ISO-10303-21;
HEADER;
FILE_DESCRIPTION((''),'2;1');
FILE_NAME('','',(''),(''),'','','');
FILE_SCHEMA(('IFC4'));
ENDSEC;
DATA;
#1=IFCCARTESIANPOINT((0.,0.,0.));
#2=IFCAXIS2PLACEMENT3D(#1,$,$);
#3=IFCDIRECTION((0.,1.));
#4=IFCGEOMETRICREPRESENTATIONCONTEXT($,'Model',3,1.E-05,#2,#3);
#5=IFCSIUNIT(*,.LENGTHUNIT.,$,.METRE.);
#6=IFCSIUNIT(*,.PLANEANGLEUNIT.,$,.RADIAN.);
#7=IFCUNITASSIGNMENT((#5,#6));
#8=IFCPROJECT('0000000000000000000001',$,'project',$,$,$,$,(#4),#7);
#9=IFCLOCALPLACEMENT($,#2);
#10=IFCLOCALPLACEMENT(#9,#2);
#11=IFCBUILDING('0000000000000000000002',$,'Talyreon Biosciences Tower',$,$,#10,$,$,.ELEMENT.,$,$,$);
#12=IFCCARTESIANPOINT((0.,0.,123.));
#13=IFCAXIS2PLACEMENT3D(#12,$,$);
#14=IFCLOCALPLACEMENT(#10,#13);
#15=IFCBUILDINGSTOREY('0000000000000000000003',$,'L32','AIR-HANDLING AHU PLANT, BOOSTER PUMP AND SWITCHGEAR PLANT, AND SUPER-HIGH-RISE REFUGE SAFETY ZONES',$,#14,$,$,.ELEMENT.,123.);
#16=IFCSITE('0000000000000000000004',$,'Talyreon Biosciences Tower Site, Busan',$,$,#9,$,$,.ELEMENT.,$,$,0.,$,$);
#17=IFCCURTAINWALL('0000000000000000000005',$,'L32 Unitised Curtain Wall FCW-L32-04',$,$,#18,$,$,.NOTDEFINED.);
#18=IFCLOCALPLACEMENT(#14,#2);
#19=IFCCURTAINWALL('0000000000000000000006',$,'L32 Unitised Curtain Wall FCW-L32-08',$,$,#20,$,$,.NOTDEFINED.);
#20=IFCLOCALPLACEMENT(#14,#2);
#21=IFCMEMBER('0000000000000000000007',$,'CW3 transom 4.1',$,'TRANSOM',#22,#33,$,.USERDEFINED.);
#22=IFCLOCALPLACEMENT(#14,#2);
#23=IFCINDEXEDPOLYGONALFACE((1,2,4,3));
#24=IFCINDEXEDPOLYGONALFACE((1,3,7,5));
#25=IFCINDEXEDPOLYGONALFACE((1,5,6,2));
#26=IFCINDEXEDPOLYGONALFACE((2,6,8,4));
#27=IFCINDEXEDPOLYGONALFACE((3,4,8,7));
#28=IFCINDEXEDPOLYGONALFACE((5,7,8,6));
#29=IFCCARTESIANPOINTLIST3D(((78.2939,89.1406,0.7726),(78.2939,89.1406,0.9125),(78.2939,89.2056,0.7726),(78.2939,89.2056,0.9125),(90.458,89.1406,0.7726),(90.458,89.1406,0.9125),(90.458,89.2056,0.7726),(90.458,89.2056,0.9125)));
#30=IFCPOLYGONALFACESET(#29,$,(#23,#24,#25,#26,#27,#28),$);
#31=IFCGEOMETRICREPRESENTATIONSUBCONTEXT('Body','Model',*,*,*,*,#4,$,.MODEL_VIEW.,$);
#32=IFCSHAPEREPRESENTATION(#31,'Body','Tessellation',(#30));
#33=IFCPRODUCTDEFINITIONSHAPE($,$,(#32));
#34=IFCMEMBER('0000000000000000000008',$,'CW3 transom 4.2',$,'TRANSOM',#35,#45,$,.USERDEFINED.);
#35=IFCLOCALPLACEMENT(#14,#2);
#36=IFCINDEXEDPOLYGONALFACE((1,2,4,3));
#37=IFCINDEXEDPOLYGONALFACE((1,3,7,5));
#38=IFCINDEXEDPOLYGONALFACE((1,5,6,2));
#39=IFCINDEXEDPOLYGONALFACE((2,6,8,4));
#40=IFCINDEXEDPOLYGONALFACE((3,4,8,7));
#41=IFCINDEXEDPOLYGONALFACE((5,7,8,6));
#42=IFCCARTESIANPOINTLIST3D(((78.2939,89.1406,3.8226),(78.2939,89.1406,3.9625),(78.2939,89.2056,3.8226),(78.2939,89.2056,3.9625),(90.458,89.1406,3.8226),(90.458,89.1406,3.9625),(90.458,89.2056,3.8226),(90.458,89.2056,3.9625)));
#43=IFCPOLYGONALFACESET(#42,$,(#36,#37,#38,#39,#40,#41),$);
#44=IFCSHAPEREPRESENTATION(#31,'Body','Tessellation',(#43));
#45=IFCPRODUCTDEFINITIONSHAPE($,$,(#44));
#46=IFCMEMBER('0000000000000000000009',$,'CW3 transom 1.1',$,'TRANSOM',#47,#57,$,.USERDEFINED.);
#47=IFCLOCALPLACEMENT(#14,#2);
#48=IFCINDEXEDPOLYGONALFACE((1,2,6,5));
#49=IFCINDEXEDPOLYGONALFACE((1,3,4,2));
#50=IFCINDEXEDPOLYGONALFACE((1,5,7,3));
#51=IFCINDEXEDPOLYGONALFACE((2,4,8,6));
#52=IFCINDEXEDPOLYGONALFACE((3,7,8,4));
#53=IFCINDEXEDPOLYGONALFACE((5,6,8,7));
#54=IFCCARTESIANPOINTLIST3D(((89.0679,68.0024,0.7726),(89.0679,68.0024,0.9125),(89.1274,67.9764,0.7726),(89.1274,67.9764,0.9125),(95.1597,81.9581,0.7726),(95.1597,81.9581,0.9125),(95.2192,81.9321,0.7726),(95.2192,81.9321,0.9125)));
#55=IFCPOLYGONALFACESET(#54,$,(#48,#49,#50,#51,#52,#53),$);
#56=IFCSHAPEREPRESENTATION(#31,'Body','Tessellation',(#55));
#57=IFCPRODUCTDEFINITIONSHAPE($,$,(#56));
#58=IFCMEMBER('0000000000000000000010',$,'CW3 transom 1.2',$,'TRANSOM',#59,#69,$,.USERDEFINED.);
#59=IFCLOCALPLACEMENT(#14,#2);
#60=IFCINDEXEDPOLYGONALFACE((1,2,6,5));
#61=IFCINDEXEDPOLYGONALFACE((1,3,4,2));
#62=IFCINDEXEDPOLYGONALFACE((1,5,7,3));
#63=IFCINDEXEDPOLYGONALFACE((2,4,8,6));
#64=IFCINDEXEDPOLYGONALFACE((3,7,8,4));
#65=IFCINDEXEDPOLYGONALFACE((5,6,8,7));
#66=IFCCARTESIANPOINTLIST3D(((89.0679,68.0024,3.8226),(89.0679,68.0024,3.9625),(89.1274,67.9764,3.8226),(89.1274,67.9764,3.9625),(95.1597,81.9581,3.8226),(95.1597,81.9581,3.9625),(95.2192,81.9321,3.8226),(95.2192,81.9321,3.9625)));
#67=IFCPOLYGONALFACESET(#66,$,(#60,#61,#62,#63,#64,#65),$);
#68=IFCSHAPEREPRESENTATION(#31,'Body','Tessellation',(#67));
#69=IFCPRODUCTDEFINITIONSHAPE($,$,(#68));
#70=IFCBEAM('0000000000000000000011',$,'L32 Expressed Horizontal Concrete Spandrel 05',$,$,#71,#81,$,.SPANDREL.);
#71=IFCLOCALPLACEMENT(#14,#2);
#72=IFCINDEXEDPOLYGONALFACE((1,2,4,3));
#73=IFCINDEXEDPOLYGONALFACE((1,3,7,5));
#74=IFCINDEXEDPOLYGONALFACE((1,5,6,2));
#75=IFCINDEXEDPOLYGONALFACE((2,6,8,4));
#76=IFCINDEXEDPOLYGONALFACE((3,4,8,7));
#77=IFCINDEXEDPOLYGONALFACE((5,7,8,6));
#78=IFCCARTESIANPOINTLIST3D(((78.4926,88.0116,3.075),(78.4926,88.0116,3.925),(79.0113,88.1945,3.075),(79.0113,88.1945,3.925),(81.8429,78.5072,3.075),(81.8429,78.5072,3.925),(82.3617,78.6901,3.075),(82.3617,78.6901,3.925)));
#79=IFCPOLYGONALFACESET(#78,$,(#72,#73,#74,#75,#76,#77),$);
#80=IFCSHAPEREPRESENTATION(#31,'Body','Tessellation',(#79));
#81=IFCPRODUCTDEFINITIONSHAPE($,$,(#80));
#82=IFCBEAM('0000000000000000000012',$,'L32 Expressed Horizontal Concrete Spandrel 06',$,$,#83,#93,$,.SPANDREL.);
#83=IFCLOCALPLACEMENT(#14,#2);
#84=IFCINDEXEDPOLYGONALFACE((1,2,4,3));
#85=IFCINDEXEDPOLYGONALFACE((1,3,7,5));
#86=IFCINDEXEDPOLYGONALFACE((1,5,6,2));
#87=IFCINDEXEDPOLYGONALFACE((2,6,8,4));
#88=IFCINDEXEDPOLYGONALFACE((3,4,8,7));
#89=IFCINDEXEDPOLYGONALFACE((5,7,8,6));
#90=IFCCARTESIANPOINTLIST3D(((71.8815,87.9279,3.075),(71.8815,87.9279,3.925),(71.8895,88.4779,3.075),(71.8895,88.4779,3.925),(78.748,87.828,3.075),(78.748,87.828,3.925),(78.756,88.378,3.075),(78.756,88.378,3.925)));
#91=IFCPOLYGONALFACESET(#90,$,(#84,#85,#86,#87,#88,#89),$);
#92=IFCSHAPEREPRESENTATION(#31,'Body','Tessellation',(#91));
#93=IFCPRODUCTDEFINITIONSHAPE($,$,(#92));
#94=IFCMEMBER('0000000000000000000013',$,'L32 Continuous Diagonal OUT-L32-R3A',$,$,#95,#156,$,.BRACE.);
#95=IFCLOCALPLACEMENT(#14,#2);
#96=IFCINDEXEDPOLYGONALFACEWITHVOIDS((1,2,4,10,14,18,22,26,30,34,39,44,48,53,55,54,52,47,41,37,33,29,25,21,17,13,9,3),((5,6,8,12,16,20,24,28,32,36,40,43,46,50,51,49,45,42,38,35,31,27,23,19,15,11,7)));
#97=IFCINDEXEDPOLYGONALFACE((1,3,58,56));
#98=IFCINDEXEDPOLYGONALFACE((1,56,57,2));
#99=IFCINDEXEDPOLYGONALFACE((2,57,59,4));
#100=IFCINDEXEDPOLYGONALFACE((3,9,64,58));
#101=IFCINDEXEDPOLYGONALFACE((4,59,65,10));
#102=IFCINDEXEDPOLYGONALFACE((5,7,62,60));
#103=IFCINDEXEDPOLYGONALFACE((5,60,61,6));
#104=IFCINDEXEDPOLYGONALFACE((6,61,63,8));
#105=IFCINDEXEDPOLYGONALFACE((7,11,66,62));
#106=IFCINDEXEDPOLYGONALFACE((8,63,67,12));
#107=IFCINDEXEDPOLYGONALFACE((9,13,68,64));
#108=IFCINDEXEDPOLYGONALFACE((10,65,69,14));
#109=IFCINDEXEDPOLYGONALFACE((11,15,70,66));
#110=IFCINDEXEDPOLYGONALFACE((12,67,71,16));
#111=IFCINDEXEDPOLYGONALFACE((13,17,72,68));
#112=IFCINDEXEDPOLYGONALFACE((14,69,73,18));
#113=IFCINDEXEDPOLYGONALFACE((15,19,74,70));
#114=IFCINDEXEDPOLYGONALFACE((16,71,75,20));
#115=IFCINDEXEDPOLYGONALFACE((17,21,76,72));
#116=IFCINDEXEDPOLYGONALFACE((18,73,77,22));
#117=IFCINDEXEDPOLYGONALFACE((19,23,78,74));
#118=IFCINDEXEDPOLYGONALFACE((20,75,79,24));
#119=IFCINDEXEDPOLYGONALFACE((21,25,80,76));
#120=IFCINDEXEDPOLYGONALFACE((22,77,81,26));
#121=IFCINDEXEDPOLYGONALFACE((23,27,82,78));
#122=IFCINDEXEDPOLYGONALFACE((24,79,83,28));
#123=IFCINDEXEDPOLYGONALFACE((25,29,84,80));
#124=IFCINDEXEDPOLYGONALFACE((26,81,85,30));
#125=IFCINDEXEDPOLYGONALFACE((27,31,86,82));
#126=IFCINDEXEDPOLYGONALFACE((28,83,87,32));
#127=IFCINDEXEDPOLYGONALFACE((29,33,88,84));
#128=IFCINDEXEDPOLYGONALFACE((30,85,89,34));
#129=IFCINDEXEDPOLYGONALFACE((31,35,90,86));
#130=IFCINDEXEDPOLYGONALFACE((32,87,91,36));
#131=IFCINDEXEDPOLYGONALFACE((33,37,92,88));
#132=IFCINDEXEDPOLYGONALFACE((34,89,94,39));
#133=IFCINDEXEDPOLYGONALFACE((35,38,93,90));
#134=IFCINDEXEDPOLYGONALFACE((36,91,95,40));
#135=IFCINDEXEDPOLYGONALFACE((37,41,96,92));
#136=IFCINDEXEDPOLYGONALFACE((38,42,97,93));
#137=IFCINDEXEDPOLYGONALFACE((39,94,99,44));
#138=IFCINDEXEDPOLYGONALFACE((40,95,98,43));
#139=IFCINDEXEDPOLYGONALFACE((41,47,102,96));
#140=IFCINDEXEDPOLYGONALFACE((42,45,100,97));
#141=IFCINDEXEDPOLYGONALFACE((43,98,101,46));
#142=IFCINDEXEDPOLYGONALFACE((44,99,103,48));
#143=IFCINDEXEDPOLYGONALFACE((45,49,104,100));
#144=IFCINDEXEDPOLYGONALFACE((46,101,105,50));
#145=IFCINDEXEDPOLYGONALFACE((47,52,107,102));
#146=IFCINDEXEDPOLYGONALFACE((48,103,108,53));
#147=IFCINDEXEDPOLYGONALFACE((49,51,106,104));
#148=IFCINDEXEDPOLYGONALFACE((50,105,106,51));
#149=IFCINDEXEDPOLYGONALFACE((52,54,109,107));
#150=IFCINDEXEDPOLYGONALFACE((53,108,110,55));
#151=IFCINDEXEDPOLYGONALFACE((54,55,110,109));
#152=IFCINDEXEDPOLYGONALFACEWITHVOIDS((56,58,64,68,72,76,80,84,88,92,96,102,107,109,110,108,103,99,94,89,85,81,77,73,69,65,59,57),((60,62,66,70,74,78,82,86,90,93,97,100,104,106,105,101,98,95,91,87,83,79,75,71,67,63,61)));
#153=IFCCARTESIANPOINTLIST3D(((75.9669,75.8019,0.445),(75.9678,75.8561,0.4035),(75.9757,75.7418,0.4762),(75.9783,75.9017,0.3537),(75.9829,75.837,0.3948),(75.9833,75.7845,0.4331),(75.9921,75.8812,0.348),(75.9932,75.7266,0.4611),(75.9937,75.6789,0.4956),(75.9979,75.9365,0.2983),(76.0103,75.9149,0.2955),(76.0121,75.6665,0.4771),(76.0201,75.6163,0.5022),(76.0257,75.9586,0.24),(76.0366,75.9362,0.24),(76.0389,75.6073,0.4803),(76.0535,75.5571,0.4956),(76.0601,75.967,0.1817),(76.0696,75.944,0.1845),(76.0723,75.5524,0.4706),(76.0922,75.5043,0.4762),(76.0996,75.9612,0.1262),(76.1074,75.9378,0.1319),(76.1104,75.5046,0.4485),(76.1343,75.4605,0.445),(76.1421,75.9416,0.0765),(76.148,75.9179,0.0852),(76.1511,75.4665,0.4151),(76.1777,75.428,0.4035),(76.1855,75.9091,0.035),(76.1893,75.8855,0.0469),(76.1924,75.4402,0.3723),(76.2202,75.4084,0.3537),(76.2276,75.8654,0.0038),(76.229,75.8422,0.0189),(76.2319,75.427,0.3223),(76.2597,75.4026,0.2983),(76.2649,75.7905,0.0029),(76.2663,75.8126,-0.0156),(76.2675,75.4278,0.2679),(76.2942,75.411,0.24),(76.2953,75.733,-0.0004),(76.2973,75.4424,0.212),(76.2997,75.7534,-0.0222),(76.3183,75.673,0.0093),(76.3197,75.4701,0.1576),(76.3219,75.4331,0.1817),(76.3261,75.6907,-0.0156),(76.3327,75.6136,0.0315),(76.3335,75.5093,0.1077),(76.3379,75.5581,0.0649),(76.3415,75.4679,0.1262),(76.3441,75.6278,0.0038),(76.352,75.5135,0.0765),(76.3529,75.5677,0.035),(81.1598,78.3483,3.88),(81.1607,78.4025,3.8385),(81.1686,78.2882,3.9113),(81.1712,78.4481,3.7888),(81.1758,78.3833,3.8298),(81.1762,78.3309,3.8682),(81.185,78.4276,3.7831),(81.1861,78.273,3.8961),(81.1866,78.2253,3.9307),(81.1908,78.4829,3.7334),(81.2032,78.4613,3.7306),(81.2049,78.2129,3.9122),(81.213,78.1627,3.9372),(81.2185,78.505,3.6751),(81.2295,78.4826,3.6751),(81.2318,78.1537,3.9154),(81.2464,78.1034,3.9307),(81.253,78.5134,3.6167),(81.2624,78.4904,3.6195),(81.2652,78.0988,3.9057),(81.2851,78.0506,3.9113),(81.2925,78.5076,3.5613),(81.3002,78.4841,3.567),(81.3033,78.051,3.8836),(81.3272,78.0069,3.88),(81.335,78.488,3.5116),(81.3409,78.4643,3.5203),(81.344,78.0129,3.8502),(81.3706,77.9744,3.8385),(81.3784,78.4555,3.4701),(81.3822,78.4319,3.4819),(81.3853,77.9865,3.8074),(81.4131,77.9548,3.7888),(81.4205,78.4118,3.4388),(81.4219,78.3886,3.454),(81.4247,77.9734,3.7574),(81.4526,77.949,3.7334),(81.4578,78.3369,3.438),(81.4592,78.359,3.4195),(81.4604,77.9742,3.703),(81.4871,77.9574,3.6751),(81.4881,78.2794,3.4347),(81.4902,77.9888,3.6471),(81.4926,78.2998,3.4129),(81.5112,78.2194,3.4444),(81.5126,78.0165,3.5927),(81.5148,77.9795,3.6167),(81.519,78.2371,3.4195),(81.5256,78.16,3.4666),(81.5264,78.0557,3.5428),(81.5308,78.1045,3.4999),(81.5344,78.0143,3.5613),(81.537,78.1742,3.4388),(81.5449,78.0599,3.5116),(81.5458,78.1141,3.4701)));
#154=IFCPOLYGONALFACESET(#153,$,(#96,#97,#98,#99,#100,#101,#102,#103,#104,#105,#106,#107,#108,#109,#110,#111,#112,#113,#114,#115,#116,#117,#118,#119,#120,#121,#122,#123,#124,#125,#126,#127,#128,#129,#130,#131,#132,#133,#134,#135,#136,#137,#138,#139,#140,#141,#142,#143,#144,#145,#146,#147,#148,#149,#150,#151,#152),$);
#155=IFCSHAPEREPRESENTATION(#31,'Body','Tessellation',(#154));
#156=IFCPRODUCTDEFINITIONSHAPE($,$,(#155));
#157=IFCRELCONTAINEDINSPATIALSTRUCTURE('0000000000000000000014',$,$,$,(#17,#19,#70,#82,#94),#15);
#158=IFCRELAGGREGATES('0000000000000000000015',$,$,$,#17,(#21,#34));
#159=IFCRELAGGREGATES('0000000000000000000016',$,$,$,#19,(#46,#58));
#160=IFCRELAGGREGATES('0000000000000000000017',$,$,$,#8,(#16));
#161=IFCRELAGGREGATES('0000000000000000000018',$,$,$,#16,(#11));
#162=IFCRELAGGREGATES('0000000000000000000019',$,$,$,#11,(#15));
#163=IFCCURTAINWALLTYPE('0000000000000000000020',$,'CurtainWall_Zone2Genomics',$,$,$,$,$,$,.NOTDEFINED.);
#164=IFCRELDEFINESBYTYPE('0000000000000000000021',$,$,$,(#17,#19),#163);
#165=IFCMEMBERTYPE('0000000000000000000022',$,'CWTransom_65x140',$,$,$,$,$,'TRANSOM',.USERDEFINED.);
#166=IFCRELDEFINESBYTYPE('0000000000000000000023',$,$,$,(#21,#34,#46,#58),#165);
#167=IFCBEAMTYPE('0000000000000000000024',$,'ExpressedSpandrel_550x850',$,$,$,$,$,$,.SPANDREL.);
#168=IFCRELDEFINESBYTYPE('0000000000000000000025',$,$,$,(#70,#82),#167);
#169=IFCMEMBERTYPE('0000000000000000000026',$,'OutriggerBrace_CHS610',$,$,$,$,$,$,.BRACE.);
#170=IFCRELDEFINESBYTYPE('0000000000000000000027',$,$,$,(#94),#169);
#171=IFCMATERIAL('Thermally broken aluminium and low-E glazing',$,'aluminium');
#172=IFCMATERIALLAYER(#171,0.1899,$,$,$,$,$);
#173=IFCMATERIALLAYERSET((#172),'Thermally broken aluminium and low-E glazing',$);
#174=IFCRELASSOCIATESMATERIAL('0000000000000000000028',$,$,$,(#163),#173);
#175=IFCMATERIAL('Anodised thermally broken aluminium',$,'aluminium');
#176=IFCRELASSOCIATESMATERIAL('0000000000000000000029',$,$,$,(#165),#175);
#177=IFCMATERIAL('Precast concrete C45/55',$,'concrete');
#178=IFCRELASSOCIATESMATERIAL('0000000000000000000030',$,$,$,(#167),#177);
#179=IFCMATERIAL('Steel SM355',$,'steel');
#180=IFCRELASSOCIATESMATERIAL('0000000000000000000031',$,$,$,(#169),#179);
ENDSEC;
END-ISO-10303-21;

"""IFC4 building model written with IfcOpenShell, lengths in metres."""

from ifc_helpers import new_model, si_unit, direction, frame, origin, origin_2d, place, context, subcontext, project, spatial, rectangle, hollow_circle, extrude, material, layer, layer_set, material_profile, profile_set, type_object, element, aggregate, save


model = new_model("IFC4")

# Units and contexts
model_context = context("Model", 3, precision=1e-05, world=origin(), true_north=direction((0.0, 1.0)))
body_context = subcontext(model_context, "Body", "Model", "MODEL_VIEW")
ifc_project = project(units=[si_unit("LENGTHUNIT", "METRE"), si_unit("PLANEANGLEUNIT", "RADIAN")], contexts=[model_context])

# Site, building, storey
site_placement = place(None, origin())
site = spatial("IfcSite", under=ifc_project, at=site_placement, Name="Talyreon Biosciences Tower Site, Busan", CompositionType="ELEMENT", RefElevation=0.0)
building_placement = place(site_placement, origin())
building = spatial("IfcBuilding", under=site, at=building_placement, Name="Talyreon Biosciences Tower", CompositionType="ELEMENT")
storey_placement = place(building_placement, frame((0.0, 0.0, 123.0)))
storey = spatial("IfcBuildingStorey", under=building, at=storey_placement, Name="L32", Description="AIR-HANDLING AHU PLANT, BOOSTER PUMP AND SWITCHGEAR PLANT, AND SUPER-HIGH-RISE REFUGE SAFETY ZONES", CompositionType="ELEMENT", Elevation=123.0)

# Shared definitions
ifc_material_1 = material(Name="Steel SM355", Category="steel")

# Curtain wall
ifc_material_2 = material(Name="Thermally broken aluminium and low-E glazing", Category="aluminium")
ifc_layer_1 = layer(ifc_material_2, 0.1899)
ifc_layer_set_1 = layer_set([ifc_layer_1], Name="Thermally broken aluminium and low-E glazing")
curtain_wall_type = type_object("IfcCurtainWallType", Name="CurtainWall_Zone2Genomics", PredefinedType="NOTDEFINED", material=ifc_layer_set_1)
curtain_wall_1_placement = place(storey_placement, origin())
curtain_wall_1 = element("IfcCurtainWall", 1, at=curtain_wall_1_placement, inside=storey, type_object=curtain_wall_type, Name="L32 Unitised Curtain Wall FCW-L32-04", PredefinedType="NOTDEFINED")
ifc_material_3 = material(Name="Anodised thermally broken aluminium", Category="aluminium")

# Curtain wall
curtain_wall_2_placement = place(storey_placement, origin())
curtain_wall_2 = element("IfcCurtainWall", 2, at=curtain_wall_2_placement, inside=storey, type_object=curtain_wall_type, Name="L32 Unitised Curtain Wall FCW-L32-08", PredefinedType="NOTDEFINED")

# Members
ifc_material_profile_1 = material_profile(ifc_material_3, rectangle(XDim=0.0649, YDim=0.1399, at=origin_2d()), Name="ALUM TRANSOM 65x140")
ifc_profile_set_1 = profile_set([ifc_material_profile_1], Name="Anodised thermally broken aluminium")
member_type_1 = type_object("IfcMemberType", Name="CWTransom_65x140", ElementType="TRANSOM", PredefinedType="USERDEFINED", material=ifc_profile_set_1)
member_1_placement = place(storey_placement, frame((78.2939, 89.1731, 0.8425), z_axis=(1.0, 0.0, 0.0), x_axis=(0.0, 1.0, 0.0)))
member_1 = element("IfcMember", 3, at=member_1_placement, type_object=member_type_1, Name="CW3 transom 4.1", ObjectType="TRANSOM", PredefinedType="USERDEFINED", context=body_context, shape_type="SweptSolid", body=[
    extrude(rectangle(XDim=0.0649, YDim=0.1399, at=origin_2d()), origin(), (0.0, 0.0, 1.0), 12.1641),
])
member_2_placement = place(storey_placement, frame((78.2939, 89.1731, 3.8926), z_axis=(1.0, 0.0, 0.0), x_axis=(0.0, 1.0, 0.0)))
member_2 = element("IfcMember", 4, at=member_2_placement, type_object=member_type_1, Name="CW3 transom 4.2", ObjectType="TRANSOM", PredefinedType="USERDEFINED", context=body_context, shape_type="SweptSolid", body=[
    extrude(rectangle(XDim=0.0649, YDim=0.1399, at=origin_2d()), origin(), (0.0, 0.0, 1.0), 12.1641),
])
member_3_placement = place(storey_placement, frame((95.1895, 81.9451, 0.8425), z_axis=(-0.40006, -0.916489, 0.0), x_axis=(0.916489, -0.40006, 0.0)))
member_3 = element("IfcMember", 5, at=member_3_placement, type_object=member_type_1, Name="CW3 transom 1.1", ObjectType="TRANSOM", PredefinedType="USERDEFINED", context=body_context, shape_type="SweptSolid", body=[
    extrude(rectangle(XDim=0.0649, YDim=0.1399, at=origin_2d()), origin(), (0.0, 0.0, 1.0), 15.2273),
])
member_4_placement = place(storey_placement, frame((95.1895, 81.9451, 3.8926), z_axis=(-0.40006, -0.916489, 0.0), x_axis=(0.916489, -0.40006, 0.0)))
member_4 = element("IfcMember", 6, at=member_4_placement, type_object=member_type_1, Name="CW3 transom 1.2", ObjectType="TRANSOM", PredefinedType="USERDEFINED", context=body_context, shape_type="SweptSolid", body=[
    extrude(rectangle(XDim=0.0649, YDim=0.1399, at=origin_2d()), origin(), (0.0, 0.0, 1.0), 15.2273),
])

# Beams
ifc_material_4 = material(Name="Precast concrete C45/55", Category="concrete")
ifc_material_profile_2 = material_profile(ifc_material_4, rectangle(XDim=0.55, YDim=0.8501, at=origin_2d()), Name="RCB 550x850")
ifc_profile_set_2 = profile_set([ifc_material_profile_2], Name="Precast concrete C45/55")
beam_type_1 = type_object("IfcBeamType", Name="ExpressedSpandrel_550x850", PredefinedType="SPANDREL", material=ifc_profile_set_2)
beam_1_placement = place(storey_placement, frame((82.1023, 78.5986, 3.5), z_axis=(-0.332454, 0.94312, 0.0), x_axis=(-0.94312, -0.332454, 0.0)))
element("IfcBeam", 7, at=beam_1_placement, inside=storey, type_object=beam_type_1, Name="L32 Expressed Horizontal Concrete Spandrel 05", PredefinedType="SPANDREL", context=body_context, shape_type="SweptSolid", body=[
    extrude(rectangle(XDim=0.55, YDim=0.8501, at=origin_2d()), origin(), (0.0, 0.0, 1.0), 10.0776),
])
beam_2_placement = place(storey_placement, frame((78.752, 88.103, 3.5), z_axis=(-0.999894, 0.014541, 0.0), x_axis=(-0.014541, -0.999894, 0.0)))
element("IfcBeam", 8, at=beam_2_placement, inside=storey, type_object=beam_type_1, Name="L32 Expressed Horizontal Concrete Spandrel 06", PredefinedType="SPANDREL", context=body_context, shape_type="SweptSolid", body=[
    extrude(rectangle(XDim=0.55, YDim=0.8501, at=origin_2d()), origin(), (0.0, 0.0, 1.0), 6.8672),
])

# Member
ifc_material_profile_3 = material_profile(ifc_material_1, hollow_circle(Radius=0.3049, WallThickness=0.0249, at=origin_2d()), Name="CHS 610x25")
ifc_profile_set_3 = profile_set([ifc_material_profile_3], Name="Steel SM355")
member_type_2 = type_object("IfcMemberType", Name="OutriggerBrace_CHS610", PredefinedType="BRACE", material=ifc_profile_set_3)
member_5_placement = place(storey_placement, frame((76.1599, 75.6848, 0.24), z_axis=(0.771969, 0.378544, 0.510654), x_axis=(-0.440277, 0.897862, 0.0)))
element("IfcMember", 9, at=member_5_placement, inside=storey, type_object=member_type_2, Name="L32 Continuous Diagonal OUT-L32-R3A", PredefinedType="BRACE", context=body_context, shape_type="SweptSolid", body=[
    extrude(hollow_circle(Radius=0.3049, WallThickness=0.0249, at=origin_2d()), origin(), (0.0, 0.0, 1.0), 6.7268),
])

aggregate(curtain_wall_1, [member_1, member_2])
aggregate(curtain_wall_2, [member_3, member_4])

save(model, "model.ifc")
